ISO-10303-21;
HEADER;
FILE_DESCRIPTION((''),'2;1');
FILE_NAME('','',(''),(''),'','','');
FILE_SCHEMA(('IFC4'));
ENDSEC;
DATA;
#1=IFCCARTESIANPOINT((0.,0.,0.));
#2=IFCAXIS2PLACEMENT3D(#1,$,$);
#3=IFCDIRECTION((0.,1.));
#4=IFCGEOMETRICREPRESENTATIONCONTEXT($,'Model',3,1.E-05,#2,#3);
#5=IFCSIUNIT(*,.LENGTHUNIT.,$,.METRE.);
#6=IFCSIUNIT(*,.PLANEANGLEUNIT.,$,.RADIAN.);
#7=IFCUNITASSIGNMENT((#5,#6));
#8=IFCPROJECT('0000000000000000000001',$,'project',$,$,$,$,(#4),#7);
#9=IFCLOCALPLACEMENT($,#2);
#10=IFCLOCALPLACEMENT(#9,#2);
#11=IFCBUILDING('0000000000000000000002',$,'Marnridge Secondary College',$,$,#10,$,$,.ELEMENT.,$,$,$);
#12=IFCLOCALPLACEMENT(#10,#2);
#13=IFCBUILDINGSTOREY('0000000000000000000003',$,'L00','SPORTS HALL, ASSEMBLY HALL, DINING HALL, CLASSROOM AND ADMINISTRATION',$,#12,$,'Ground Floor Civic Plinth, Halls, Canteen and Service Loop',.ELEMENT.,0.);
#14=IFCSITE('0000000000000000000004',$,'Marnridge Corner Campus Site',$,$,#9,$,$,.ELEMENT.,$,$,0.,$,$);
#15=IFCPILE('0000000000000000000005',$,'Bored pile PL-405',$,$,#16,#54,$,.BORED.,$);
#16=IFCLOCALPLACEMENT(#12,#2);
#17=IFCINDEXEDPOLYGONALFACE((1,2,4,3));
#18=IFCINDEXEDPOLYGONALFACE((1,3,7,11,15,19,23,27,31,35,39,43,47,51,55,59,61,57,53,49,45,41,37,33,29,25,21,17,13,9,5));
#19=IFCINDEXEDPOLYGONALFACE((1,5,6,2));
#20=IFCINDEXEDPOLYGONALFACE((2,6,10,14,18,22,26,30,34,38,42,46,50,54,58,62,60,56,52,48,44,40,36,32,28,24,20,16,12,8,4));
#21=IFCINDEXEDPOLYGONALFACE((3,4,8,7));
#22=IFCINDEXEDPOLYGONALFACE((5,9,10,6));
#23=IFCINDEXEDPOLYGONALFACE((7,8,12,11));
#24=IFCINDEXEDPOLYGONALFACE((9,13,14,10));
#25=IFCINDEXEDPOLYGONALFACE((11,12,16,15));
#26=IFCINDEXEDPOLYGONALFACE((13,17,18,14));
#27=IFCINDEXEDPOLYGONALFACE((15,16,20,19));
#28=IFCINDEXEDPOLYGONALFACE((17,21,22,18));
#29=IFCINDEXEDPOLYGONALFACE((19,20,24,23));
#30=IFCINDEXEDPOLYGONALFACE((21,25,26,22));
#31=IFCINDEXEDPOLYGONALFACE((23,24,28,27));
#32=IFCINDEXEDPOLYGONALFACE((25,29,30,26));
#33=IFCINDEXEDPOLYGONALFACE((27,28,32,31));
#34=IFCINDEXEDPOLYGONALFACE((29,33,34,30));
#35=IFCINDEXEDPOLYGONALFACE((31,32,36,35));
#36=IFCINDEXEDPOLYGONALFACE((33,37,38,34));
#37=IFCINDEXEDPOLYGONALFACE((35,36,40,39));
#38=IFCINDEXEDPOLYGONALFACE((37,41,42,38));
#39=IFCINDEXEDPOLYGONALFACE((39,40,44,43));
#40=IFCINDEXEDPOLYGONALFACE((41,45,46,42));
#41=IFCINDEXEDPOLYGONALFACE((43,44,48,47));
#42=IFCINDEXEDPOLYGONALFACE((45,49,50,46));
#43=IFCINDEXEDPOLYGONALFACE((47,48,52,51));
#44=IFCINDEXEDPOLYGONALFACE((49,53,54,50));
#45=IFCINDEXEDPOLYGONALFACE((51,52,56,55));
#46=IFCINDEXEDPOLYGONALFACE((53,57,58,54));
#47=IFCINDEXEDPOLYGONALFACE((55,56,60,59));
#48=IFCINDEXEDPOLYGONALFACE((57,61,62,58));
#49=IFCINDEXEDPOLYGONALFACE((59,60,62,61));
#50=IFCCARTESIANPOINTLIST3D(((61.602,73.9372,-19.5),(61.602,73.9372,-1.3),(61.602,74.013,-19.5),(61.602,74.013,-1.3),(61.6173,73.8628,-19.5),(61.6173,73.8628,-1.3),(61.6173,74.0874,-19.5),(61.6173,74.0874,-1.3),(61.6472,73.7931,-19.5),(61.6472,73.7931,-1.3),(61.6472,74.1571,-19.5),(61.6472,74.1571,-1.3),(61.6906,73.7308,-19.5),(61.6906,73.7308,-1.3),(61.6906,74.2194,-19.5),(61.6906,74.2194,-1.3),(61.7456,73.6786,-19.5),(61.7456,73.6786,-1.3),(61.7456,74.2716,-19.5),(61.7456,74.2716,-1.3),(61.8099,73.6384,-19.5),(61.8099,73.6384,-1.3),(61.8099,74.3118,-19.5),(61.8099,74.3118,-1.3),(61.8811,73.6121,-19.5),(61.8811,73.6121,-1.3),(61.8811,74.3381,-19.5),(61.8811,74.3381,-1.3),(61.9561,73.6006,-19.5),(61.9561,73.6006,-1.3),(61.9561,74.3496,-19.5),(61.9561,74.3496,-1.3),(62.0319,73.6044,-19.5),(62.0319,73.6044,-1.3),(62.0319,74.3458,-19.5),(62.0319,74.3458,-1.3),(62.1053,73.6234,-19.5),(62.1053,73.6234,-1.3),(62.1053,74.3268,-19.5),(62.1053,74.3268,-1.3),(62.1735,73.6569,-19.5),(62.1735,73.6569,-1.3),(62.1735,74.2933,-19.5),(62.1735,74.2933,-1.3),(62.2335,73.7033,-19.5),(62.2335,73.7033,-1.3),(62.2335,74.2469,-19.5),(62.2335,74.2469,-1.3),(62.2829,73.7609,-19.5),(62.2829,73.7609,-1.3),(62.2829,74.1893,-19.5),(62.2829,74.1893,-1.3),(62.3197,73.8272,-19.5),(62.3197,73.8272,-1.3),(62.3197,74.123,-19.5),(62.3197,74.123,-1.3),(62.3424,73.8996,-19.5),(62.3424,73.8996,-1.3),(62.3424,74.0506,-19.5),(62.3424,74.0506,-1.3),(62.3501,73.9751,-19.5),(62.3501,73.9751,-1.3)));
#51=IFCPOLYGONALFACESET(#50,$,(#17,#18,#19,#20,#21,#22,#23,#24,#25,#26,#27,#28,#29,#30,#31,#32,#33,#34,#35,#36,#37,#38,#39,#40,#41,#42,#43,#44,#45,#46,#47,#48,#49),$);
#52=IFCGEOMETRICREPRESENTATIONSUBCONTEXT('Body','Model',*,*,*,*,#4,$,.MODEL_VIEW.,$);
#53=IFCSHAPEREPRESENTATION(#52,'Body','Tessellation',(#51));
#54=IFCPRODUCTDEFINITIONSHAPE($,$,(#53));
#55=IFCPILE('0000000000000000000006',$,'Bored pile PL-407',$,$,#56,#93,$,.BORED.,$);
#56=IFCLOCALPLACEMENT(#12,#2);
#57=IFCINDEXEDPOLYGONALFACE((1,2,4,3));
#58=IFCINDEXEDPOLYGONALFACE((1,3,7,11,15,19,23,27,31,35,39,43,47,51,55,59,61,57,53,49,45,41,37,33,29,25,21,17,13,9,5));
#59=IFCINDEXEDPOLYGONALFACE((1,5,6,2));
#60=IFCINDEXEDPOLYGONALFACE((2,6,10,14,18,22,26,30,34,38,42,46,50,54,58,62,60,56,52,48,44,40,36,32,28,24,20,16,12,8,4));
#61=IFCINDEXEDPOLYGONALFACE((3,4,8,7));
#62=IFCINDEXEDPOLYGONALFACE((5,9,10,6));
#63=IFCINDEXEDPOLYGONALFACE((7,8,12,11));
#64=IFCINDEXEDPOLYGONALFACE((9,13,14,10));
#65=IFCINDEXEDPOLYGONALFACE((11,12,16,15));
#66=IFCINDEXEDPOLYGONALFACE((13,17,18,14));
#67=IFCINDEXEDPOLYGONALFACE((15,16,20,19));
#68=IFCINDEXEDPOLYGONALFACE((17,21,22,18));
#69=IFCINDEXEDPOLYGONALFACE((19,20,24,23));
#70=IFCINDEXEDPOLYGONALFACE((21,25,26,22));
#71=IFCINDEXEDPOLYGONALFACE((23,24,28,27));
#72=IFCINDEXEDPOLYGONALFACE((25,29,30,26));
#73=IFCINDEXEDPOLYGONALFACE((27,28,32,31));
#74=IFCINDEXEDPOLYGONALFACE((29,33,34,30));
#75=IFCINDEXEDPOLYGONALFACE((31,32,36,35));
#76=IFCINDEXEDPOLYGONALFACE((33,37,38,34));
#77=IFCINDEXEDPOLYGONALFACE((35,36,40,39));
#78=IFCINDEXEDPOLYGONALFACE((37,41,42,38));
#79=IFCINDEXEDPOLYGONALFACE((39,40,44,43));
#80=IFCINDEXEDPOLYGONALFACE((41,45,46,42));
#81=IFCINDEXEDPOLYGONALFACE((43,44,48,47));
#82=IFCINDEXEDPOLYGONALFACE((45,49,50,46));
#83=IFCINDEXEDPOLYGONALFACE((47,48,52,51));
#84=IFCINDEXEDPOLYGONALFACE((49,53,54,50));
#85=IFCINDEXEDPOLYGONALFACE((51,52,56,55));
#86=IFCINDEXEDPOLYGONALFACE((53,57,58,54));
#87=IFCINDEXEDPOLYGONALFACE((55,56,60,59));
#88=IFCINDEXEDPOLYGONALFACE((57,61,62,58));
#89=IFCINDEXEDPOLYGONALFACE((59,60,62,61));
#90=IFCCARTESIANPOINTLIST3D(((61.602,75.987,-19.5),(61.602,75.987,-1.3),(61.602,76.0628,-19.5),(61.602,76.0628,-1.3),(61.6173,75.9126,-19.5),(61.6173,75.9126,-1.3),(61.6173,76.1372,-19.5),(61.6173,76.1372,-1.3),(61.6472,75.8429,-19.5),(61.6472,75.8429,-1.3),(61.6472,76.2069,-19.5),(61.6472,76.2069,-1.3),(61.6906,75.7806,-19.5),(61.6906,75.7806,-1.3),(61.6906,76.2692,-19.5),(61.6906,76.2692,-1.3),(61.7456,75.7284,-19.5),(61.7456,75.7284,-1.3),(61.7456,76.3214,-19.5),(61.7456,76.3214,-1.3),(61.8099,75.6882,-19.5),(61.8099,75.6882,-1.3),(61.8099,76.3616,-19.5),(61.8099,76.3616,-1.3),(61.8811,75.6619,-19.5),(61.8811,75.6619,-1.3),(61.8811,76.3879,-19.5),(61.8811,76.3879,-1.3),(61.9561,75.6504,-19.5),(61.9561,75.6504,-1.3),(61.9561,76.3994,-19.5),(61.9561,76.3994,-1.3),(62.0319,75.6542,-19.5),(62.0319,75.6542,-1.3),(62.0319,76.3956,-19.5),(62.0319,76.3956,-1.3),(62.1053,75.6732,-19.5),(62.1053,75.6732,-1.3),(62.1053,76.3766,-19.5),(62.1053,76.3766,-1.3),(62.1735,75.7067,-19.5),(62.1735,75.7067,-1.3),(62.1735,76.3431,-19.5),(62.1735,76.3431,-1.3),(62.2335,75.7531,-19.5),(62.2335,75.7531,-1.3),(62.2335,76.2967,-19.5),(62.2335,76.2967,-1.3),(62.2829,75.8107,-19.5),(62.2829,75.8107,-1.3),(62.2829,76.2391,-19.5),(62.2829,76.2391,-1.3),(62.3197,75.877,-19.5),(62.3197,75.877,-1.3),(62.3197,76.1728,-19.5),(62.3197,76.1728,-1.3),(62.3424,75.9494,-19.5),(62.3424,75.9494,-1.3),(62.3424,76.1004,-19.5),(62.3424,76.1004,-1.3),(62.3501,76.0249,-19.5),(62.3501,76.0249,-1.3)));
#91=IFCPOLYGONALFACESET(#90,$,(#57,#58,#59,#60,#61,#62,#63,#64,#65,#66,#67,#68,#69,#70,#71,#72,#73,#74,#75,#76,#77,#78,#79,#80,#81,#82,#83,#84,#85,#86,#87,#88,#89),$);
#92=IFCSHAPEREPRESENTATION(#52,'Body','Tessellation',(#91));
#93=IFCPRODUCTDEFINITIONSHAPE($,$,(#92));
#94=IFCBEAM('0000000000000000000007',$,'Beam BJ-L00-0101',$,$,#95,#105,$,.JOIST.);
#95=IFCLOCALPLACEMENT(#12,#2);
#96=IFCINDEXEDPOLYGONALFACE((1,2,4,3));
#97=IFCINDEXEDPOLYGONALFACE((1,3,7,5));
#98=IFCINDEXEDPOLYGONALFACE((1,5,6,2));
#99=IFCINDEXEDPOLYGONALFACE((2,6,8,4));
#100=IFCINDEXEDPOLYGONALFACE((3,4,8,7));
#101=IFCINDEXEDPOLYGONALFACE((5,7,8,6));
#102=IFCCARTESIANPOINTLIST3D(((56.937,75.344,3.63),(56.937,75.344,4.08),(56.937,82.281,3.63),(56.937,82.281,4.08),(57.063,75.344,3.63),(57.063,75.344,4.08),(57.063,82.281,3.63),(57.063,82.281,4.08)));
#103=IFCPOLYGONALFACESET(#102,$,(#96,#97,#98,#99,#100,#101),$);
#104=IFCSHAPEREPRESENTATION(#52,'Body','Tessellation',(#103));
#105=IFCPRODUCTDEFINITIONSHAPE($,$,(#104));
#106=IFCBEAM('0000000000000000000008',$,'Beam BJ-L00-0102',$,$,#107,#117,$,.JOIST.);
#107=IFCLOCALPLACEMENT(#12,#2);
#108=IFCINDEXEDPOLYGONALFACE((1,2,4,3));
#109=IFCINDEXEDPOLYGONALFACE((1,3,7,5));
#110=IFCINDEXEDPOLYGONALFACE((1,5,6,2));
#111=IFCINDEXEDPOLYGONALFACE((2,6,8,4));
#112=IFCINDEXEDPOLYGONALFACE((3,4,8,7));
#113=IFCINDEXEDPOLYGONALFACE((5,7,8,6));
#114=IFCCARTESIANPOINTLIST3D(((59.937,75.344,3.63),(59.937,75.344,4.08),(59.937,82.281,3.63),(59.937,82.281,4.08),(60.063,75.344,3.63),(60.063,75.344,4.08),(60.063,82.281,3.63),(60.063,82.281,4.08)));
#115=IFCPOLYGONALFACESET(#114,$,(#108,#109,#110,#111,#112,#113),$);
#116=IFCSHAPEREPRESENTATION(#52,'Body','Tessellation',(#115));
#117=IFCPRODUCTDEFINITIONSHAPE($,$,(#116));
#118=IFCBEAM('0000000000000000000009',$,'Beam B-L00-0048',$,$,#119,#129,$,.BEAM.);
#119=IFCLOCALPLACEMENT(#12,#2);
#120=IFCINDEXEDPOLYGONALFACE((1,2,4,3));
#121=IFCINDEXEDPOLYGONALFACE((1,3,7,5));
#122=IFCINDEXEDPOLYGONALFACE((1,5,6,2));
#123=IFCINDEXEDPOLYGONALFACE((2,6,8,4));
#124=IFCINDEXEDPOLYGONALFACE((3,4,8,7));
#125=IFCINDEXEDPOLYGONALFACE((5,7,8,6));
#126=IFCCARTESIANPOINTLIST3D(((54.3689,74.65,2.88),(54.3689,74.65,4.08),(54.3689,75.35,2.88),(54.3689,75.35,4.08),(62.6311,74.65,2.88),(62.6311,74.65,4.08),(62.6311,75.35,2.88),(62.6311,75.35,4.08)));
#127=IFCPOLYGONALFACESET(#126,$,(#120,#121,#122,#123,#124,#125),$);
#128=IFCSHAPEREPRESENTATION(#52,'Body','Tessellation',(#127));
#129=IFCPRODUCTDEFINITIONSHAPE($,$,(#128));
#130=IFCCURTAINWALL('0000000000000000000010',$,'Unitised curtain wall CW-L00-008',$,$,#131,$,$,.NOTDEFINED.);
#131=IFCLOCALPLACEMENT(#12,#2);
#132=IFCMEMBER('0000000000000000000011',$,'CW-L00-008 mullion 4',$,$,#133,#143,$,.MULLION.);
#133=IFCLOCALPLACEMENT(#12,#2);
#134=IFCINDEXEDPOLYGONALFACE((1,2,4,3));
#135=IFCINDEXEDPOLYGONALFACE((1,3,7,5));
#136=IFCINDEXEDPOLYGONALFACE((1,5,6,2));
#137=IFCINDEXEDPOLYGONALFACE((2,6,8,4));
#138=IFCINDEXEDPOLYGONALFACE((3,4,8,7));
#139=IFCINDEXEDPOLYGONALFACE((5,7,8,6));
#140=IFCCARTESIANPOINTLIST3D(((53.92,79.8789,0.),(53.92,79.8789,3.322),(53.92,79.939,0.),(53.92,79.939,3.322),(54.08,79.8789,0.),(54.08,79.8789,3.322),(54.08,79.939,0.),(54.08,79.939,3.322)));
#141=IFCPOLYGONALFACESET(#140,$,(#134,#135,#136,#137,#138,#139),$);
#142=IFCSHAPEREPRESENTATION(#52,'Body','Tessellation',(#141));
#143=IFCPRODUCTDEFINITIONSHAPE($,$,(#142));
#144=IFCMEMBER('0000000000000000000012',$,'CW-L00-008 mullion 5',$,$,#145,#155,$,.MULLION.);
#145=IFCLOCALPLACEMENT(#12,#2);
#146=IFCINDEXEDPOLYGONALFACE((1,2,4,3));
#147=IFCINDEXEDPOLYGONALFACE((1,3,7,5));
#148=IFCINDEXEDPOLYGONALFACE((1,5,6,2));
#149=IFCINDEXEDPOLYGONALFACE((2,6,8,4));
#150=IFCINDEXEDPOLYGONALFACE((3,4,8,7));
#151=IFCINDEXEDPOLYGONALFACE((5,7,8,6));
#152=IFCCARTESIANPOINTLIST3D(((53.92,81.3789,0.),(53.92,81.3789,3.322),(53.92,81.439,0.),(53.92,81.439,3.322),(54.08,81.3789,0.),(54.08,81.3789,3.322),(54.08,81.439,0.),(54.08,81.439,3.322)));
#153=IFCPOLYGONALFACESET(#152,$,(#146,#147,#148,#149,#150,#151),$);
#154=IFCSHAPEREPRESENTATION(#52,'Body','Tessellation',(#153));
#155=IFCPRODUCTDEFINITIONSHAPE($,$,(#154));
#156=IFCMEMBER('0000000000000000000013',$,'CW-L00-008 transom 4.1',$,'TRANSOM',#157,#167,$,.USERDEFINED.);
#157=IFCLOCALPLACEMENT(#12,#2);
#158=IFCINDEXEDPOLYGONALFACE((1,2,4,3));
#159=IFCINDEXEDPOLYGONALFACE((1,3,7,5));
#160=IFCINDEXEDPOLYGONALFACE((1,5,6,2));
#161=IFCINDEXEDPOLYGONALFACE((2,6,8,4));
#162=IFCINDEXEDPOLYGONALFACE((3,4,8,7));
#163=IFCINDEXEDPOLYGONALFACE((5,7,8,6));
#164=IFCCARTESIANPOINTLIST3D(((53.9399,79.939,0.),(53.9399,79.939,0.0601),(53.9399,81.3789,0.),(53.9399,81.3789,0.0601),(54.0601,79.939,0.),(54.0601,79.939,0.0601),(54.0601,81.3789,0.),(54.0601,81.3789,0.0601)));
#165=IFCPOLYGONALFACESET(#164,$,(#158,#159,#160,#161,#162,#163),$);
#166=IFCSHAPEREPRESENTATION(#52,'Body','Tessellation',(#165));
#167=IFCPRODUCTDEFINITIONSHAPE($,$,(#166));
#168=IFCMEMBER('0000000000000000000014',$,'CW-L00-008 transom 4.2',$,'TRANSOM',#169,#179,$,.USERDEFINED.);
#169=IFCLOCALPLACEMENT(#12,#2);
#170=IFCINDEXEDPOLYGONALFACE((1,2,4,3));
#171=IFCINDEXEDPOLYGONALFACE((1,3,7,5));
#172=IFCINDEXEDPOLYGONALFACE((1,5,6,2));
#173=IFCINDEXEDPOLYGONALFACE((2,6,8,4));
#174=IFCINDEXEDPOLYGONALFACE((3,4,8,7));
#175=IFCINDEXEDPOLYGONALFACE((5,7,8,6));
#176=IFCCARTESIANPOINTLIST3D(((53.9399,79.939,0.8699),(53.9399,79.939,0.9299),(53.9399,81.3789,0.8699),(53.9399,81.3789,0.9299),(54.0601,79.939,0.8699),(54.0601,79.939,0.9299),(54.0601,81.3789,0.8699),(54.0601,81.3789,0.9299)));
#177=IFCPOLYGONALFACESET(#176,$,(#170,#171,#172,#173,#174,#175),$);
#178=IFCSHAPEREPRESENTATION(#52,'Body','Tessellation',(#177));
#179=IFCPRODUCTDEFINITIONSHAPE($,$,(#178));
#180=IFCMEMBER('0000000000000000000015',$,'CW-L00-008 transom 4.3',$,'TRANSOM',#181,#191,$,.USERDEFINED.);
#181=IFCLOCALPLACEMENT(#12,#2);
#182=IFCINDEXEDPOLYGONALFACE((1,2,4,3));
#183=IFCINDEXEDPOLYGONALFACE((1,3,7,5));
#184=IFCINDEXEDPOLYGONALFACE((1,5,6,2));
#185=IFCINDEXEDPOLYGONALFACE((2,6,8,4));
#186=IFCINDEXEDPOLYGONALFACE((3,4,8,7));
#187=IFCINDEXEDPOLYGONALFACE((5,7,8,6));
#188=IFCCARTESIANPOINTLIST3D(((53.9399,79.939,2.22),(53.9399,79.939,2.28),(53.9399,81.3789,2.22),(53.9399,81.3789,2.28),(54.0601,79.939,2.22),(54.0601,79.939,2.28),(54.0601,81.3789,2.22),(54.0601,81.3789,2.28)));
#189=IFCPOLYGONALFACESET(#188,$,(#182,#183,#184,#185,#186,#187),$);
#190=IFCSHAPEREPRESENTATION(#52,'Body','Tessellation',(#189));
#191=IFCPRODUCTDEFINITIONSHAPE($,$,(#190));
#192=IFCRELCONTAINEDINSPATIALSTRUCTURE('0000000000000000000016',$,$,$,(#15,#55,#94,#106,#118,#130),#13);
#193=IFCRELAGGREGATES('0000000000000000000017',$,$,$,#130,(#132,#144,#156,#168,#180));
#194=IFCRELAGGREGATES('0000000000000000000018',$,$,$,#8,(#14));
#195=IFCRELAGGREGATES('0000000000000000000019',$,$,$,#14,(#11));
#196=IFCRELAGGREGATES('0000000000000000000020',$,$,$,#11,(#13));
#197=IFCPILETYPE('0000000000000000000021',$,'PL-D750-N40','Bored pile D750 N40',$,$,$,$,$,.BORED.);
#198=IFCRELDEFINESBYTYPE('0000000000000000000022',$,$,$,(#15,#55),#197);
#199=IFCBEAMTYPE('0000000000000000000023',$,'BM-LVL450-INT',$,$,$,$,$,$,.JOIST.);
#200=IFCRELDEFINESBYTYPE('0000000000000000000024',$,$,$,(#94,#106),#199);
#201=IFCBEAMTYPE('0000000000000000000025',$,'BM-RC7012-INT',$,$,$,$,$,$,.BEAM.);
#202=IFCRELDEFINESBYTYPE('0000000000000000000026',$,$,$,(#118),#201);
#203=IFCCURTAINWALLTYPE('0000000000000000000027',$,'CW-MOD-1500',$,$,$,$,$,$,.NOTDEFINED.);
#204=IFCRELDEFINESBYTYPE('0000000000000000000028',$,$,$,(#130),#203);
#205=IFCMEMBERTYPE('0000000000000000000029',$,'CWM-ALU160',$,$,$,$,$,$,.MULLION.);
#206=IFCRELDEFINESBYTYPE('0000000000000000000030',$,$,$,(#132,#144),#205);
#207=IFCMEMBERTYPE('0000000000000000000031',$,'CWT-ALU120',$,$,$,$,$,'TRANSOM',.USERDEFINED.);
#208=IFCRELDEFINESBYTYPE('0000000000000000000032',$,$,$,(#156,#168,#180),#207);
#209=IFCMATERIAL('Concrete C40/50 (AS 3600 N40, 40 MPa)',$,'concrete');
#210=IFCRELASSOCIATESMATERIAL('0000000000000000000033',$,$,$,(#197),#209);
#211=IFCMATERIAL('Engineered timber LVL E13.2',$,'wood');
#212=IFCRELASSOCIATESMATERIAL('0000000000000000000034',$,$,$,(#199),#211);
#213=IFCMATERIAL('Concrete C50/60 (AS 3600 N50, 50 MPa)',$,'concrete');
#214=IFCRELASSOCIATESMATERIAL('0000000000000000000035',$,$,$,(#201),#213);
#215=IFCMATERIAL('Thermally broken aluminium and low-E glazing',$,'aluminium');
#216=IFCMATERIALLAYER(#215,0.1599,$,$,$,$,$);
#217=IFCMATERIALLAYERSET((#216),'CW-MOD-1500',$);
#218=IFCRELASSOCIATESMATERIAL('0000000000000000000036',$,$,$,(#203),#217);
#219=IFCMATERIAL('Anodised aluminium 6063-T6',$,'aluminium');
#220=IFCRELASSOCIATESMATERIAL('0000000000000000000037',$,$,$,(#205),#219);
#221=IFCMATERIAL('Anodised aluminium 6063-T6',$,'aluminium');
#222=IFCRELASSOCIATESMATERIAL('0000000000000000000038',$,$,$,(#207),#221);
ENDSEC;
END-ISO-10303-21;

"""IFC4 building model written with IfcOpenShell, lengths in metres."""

from ifc_helpers import new_model, si_unit, direction, frame, origin, origin_2d, place, context, subcontext, project, spatial, rectangle, circle, extrude, material, layer, layer_set, material_profile, profile_set, type_object, element, aggregate, save


model = new_model("IFC4")

# Units and contexts
model_context = context("Model", 3, precision=1e-05, world=origin(), true_north=direction((0.0, 1.0)))
body_context = subcontext(model_context, "Body", "Model", "MODEL_VIEW")
ifc_project = project(units=[si_unit("LENGTHUNIT", "METRE"), si_unit("PLANEANGLEUNIT", "RADIAN")], contexts=[model_context])

# Site, building, storey
site_placement = place(None, origin())
site = spatial("IfcSite", under=ifc_project, at=site_placement, Name="Marnridge Corner Campus Site", CompositionType="ELEMENT", RefElevation=0.0)
building_placement = place(site_placement, origin())
building = spatial("IfcBuilding", under=site, at=building_placement, Name="Marnridge Secondary College", CompositionType="ELEMENT")
storey_placement = place(building_placement, origin())
storey = spatial("IfcBuildingStorey", under=building, at=storey_placement, Name="L00", Description="SPORTS HALL, ASSEMBLY HALL, DINING HALL, CLASSROOM AND ADMINISTRATION", LongName="Ground Floor Civic Plinth, Halls, Canteen and Service Loop", CompositionType="ELEMENT", Elevation=0.0)

# Piles
ifc_material_1 = material(Name="Concrete C40/50 (AS 3600 N40, 40 MPa)", Category="concrete")
ifc_material_profile_1 = material_profile(ifc_material_1, circle(Radius=0.375, at=origin_2d()), Name="PILE D750")
ifc_profile_set_1 = profile_set([ifc_material_profile_1], Name="Concrete C40/50 (AS 3600 N40, 40 MPa)")
pile_type_1 = type_object("IfcPileType", Name="PL-D750-N40", Description="Bored pile D750 N40", PredefinedType="BORED", material=ifc_profile_set_1)
for number, where, z_axis, x_axis, name in (
    (1, (61.9751, 73.9751, -1.3), (0.0, 0.0, -1.0), (1.0, 0.0, 0.0), "Bored pile PL-405"),
    (2, (61.9751, 76.0249, -1.3), (0.0, 0.0, -1.0), (1.0, 0.0, 0.0), "Bored pile PL-407"),
):
    element("IfcPile", number, at=place(storey_placement, frame(where, z_axis=z_axis, x_axis=x_axis)), inside=storey, type_object=pile_type_1, Name=name, PredefinedType="BORED", context=body_context, shape_type="SweptSolid", body=[
        extrude(circle(Radius=0.375, at=origin_2d()), origin(), (0.0, 0.0, 1.0), 18.2),
    ])

# Beams
ifc_material_2 = material(Name="Engineered timber LVL E13.2", Category="wood")
ifc_material_profile_2 = material_profile(ifc_material_2, rectangle(XDim=0.126, YDim=0.45, at=origin_2d()), Name="LVL 126x450")
ifc_profile_set_2 = profile_set([ifc_material_profile_2], Name="Engineered timber LVL E13.2")
beam_type_1 = type_object("IfcBeamType", Name="BM-LVL450-INT", PredefinedType="JOIST", material=ifc_profile_set_2)
for number, where, z_axis, x_axis, name in (
    (3, (57.0, 75.344, 3.855), (0.0, 1.0, 0.0), (-1.0, 0.0, 0.0), "Beam BJ-L00-0101"),
    (4, (60.0, 75.344, 3.855), (0.0, 1.0, 0.0), (-1.0, 0.0, 0.0), "Beam BJ-L00-0102"),
):
    element("IfcBeam", number, at=place(storey_placement, frame(where, z_axis=z_axis, x_axis=x_axis)), inside=storey, type_object=beam_type_1, Name=name, PredefinedType="JOIST", context=body_context, shape_type="SweptSolid", body=[
        extrude(rectangle(XDim=0.126, YDim=0.45, at=origin_2d()), origin(), (0.0, 0.0, 1.0), 6.937),
    ])
ifc_material_3 = material(Name="Concrete C50/60 (AS 3600 N50, 50 MPa)", Category="concrete")
ifc_material_profile_3 = material_profile(ifc_material_3, rectangle(XDim=0.7, YDim=1.2, at=origin_2d()), Name="RC 700x1200")
ifc_profile_set_3 = profile_set([ifc_material_profile_3], Name="Concrete C50/60 (AS 3600 N50, 50 MPa)")
beam_type_2 = type_object("IfcBeamType", Name="BM-RC7012-INT", PredefinedType="BEAM", material=ifc_profile_set_3)
beam_placement = place(storey_placement, frame((54.3689, 75.0, 3.48), z_axis=(1.0, 0.0, 0.0), x_axis=(0.0, 1.0, 0.0)))
element("IfcBeam", 5, at=beam_placement, inside=storey, type_object=beam_type_2, Name="Beam B-L00-0048", PredefinedType="BEAM", context=body_context, shape_type="SweptSolid", body=[
    extrude(rectangle(XDim=0.7, YDim=1.2, at=origin_2d()), origin(), (0.0, 0.0, 1.0), 8.2622),
])

# Curtain wall, members
ifc_material_4 = material(Name="Thermally broken aluminium and low-E glazing", Category="aluminium")
ifc_layer_1 = layer(ifc_material_4, 0.1599)
ifc_layer_set_1 = layer_set([ifc_layer_1], Name="CW-MOD-1500")
curtain_wall_type = type_object("IfcCurtainWallType", Name="CW-MOD-1500", PredefinedType="NOTDEFINED", material=ifc_layer_set_1)
curtain_wall_placement = place(storey_placement, origin())
curtain_wall = element("IfcCurtainWall", 6, at=curtain_wall_placement, inside=storey, type_object=curtain_wall_type, Name="Unitised curtain wall CW-L00-008", PredefinedType="NOTDEFINED")
ifc_material_5 = material(Name="Anodised aluminium 6063-T6", Category="aluminium")
ifc_material_profile_4 = material_profile(ifc_material_5, rectangle(XDim=0.0601, YDim=0.1599, at=origin_2d()), Name="ALU 60x160")
ifc_profile_set_4 = profile_set([ifc_material_profile_4], Name="Anodised aluminium 6063-T6")
member_type_1 = type_object("IfcMemberType", Name="CWM-ALU160", PredefinedType="MULLION", material=ifc_profile_set_4)
member_1_placement = place(storey_placement, frame((54.0, 79.9089, 0.0), z_axis=(0.0, 0.0, 1.0), x_axis=(0.0, 1.0, 0.0)))
member_1 = element("IfcMember", 7, at=member_1_placement, type_object=member_type_1, Name="CW-L00-008 mullion 4", PredefinedType="MULLION", context=body_context, shape_type="SweptSolid", body=[
    extrude(rectangle(XDim=0.0601, YDim=0.1599, at=origin_2d()), origin(), (0.0, 0.0, 1.0), 3.322),
])
member_2_placement = place(storey_placement, frame((54.0, 81.4089, 0.0), z_axis=(0.0, 0.0, 1.0), x_axis=(0.0, 1.0, 0.0)))
member_2 = element("IfcMember", 8, at=member_2_placement, type_object=member_type_1, Name="CW-L00-008 mullion 5", PredefinedType="MULLION", context=body_context, shape_type="SweptSolid", body=[
    extrude(rectangle(XDim=0.0601, YDim=0.1599, at=origin_2d()), origin(), (0.0, 0.0, 1.0), 3.322),
])
ifc_material_6 = material(Name="Anodised aluminium 6063-T6", Category="aluminium")
ifc_material_profile_5 = material_profile(ifc_material_6, rectangle(XDim=0.0601, YDim=0.1201, at=origin_2d()), Name="ALU 60x120")
ifc_profile_set_5 = profile_set([ifc_material_profile_5], Name="Anodised aluminium 6063-T6")
member_type_2 = type_object("IfcMemberType", Name="CWT-ALU120", ElementType="TRANSOM", PredefinedType="USERDEFINED", material=ifc_profile_set_5)
member_3_placement = place(storey_placement, frame((54.0, 79.939, 0.03), z_axis=(0.0, 1.0, 0.0), x_axis=(0.0, 0.0, 1.0)))
member_3 = element("IfcMember", 9, at=member_3_placement, type_object=member_type_2, Name="CW-L00-008 transom 4.1", ObjectType="TRANSOM", PredefinedType="USERDEFINED", context=body_context, shape_type="SweptSolid", body=[
    extrude(rectangle(XDim=0.0601, YDim=0.1201, at=origin_2d()), origin(), (0.0, 0.0, 1.0), 1.4399),
])
member_4_placement = place(storey_placement, frame((54.0, 79.939, 0.8999), z_axis=(0.0, 1.0, 0.0), x_axis=(0.0, 0.0, 1.0)))
member_4 = element("IfcMember", 10, at=member_4_placement, type_object=member_type_2, Name="CW-L00-008 transom 4.2", ObjectType="TRANSOM", PredefinedType="USERDEFINED", context=body_context, shape_type="SweptSolid", body=[
    extrude(rectangle(XDim=0.0601, YDim=0.1201, at=origin_2d()), origin(), (0.0, 0.0, 1.0), 1.4399),
])
member_5_placement = place(storey_placement, frame((54.0, 79.939, 2.25), z_axis=(0.0, 1.0, 0.0), x_axis=(0.0, 0.0, 1.0)))
member_5 = element("IfcMember", 11, at=member_5_placement, type_object=member_type_2, Name="CW-L00-008 transom 4.3", ObjectType="TRANSOM", PredefinedType="USERDEFINED", context=body_context, shape_type="SweptSolid", body=[
    extrude(rectangle(XDim=0.0601, YDim=0.1201, at=origin_2d()), origin(), (0.0, 0.0, 1.0), 1.4399),
])
aggregate(curtain_wall, [member_1, member_2, member_3, member_4, member_5])

save(model, "model.ifc")
